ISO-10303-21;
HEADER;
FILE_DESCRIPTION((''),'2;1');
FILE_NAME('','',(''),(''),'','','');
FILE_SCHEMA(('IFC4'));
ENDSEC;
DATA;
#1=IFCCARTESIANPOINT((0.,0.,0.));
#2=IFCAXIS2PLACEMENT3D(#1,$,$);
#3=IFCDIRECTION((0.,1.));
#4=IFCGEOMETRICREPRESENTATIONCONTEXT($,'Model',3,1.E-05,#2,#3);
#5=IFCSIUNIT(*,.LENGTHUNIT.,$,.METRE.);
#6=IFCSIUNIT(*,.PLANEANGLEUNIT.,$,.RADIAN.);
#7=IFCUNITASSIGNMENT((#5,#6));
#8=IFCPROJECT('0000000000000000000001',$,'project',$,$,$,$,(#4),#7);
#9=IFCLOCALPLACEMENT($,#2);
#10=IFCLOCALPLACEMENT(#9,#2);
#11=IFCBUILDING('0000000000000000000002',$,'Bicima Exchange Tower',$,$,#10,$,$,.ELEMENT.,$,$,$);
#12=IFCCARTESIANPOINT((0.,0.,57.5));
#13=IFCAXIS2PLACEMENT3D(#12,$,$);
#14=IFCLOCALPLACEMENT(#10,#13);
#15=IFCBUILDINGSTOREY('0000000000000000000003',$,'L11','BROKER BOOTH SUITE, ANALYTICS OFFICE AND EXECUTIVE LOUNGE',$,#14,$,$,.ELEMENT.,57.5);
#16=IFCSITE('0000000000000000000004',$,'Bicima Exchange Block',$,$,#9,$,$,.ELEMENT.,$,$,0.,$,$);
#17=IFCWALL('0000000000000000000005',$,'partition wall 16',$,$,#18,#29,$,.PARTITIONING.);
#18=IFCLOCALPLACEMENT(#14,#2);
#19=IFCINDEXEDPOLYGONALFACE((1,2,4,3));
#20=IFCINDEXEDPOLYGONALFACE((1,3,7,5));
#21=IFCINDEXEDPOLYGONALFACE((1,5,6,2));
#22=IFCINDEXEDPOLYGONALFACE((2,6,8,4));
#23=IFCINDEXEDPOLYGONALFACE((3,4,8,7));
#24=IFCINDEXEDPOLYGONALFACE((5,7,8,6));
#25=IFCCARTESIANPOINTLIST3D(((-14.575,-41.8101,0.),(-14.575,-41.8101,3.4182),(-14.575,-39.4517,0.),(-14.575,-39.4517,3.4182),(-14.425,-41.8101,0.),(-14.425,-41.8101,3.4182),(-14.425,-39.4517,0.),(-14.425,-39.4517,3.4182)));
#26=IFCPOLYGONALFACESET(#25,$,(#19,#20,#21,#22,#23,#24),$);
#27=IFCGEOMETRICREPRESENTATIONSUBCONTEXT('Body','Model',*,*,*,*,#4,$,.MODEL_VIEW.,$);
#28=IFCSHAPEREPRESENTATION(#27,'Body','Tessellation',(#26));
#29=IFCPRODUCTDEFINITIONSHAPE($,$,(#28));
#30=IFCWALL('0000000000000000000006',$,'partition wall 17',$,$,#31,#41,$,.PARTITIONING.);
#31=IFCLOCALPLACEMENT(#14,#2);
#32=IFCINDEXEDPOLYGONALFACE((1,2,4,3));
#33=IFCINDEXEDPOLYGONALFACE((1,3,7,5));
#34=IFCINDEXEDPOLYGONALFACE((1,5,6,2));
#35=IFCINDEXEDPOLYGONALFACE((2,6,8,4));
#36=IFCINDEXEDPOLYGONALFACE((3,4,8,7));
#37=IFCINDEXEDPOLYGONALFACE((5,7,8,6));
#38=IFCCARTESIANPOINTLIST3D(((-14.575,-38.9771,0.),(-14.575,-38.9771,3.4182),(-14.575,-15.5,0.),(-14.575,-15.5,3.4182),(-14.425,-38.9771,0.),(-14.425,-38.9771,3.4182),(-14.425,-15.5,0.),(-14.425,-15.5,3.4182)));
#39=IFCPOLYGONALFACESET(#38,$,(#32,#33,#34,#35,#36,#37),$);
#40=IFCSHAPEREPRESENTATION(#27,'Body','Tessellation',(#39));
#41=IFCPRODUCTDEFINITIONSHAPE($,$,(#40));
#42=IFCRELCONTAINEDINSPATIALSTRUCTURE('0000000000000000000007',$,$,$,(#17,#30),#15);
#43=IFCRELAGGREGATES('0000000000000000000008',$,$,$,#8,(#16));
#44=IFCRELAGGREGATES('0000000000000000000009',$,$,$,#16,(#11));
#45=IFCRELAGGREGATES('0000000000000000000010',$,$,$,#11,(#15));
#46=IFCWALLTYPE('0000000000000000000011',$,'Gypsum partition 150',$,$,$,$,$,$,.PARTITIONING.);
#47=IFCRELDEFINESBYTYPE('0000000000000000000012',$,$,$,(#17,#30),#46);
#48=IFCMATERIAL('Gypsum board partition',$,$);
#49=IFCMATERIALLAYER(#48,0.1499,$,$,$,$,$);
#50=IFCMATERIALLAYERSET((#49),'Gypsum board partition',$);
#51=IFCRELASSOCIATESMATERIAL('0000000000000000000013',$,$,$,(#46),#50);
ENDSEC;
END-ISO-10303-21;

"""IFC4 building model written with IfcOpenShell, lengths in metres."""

from ifc_helpers import new_model, si_unit, direction, frame, frame_2d, origin, place, context, subcontext, project, spatial, rectangle, extrude, material, layer, layer_set, type_object, element, save


model = new_model("IFC4")

# Units and contexts
model_context = context("Model", 3, precision=1e-05, world=origin(), true_north=direction((0.0, 1.0)))
body_context = subcontext(model_context, "Body", "Model", "MODEL_VIEW")
ifc_project = project(units=[si_unit("LENGTHUNIT", "METRE"), si_unit("PLANEANGLEUNIT", "RADIAN")], contexts=[model_context])

# Site, building, storey
site_placement = place(None, origin())
site = spatial("IfcSite", under=ifc_project, at=site_placement, Name="Bicima Exchange Block", CompositionType="ELEMENT", RefElevation=0.0)
building_placement = place(site_placement, origin())
building = spatial("IfcBuilding", under=site, at=building_placement, Name="Bicima Exchange Tower", CompositionType="ELEMENT")
storey_placement = place(building_placement, frame((0.0, 0.0, 57.5)))
storey = spatial("IfcBuildingStorey", under=building, at=storey_placement, Name="L11", Description="BROKER BOOTH SUITE, ANALYTICS OFFICE AND EXECUTIVE LOUNGE", CompositionType="ELEMENT", Elevation=57.5)

# Walls
ifc_material_1 = material(Name="Gypsum board partition")
ifc_layer_1 = layer(ifc_material_1, 0.1499)
ifc_layer_set_1 = layer_set([ifc_layer_1], Name="Gypsum board partition")
wall_type = type_object("IfcWallType", Name="Gypsum partition 150", PredefinedType="PARTITIONING", material=ifc_layer_set_1)
wall_1_placement = place(storey_placement, frame((-14.5, -41.8101, 0.0), z_axis=(0.0, 0.0, 1.0), x_axis=(0.0, 1.0, 0.0)))
element("IfcWall", 1, at=wall_1_placement, inside=storey, type_object=wall_type, Name="partition wall 16", PredefinedType="PARTITIONING", context=body_context, shape_type="SweptSolid", body=[
    extrude(rectangle(XDim=2.3584, YDim=0.1499, at=frame_2d((1.1792, 0.0))), origin(), (0.0, 0.0, 1.0), 3.4182),
])
wall_2_placement = place(storey_placement, frame((-14.5, -38.9771, 0.0), z_axis=(0.0, 0.0, 1.0), x_axis=(0.0, 1.0, 0.0)))
element("IfcWall", 2, at=wall_2_placement, inside=storey, type_object=wall_type, Name="partition wall 17", PredefinedType="PARTITIONING", context=body_context, shape_type="SweptSolid", body=[
    extrude(rectangle(XDim=23.4771, YDim=0.1499, at=frame_2d((11.7385, 0.0))), origin(), (0.0, 0.0, 1.0), 3.4182),
])

save(model, "model.ifc")
